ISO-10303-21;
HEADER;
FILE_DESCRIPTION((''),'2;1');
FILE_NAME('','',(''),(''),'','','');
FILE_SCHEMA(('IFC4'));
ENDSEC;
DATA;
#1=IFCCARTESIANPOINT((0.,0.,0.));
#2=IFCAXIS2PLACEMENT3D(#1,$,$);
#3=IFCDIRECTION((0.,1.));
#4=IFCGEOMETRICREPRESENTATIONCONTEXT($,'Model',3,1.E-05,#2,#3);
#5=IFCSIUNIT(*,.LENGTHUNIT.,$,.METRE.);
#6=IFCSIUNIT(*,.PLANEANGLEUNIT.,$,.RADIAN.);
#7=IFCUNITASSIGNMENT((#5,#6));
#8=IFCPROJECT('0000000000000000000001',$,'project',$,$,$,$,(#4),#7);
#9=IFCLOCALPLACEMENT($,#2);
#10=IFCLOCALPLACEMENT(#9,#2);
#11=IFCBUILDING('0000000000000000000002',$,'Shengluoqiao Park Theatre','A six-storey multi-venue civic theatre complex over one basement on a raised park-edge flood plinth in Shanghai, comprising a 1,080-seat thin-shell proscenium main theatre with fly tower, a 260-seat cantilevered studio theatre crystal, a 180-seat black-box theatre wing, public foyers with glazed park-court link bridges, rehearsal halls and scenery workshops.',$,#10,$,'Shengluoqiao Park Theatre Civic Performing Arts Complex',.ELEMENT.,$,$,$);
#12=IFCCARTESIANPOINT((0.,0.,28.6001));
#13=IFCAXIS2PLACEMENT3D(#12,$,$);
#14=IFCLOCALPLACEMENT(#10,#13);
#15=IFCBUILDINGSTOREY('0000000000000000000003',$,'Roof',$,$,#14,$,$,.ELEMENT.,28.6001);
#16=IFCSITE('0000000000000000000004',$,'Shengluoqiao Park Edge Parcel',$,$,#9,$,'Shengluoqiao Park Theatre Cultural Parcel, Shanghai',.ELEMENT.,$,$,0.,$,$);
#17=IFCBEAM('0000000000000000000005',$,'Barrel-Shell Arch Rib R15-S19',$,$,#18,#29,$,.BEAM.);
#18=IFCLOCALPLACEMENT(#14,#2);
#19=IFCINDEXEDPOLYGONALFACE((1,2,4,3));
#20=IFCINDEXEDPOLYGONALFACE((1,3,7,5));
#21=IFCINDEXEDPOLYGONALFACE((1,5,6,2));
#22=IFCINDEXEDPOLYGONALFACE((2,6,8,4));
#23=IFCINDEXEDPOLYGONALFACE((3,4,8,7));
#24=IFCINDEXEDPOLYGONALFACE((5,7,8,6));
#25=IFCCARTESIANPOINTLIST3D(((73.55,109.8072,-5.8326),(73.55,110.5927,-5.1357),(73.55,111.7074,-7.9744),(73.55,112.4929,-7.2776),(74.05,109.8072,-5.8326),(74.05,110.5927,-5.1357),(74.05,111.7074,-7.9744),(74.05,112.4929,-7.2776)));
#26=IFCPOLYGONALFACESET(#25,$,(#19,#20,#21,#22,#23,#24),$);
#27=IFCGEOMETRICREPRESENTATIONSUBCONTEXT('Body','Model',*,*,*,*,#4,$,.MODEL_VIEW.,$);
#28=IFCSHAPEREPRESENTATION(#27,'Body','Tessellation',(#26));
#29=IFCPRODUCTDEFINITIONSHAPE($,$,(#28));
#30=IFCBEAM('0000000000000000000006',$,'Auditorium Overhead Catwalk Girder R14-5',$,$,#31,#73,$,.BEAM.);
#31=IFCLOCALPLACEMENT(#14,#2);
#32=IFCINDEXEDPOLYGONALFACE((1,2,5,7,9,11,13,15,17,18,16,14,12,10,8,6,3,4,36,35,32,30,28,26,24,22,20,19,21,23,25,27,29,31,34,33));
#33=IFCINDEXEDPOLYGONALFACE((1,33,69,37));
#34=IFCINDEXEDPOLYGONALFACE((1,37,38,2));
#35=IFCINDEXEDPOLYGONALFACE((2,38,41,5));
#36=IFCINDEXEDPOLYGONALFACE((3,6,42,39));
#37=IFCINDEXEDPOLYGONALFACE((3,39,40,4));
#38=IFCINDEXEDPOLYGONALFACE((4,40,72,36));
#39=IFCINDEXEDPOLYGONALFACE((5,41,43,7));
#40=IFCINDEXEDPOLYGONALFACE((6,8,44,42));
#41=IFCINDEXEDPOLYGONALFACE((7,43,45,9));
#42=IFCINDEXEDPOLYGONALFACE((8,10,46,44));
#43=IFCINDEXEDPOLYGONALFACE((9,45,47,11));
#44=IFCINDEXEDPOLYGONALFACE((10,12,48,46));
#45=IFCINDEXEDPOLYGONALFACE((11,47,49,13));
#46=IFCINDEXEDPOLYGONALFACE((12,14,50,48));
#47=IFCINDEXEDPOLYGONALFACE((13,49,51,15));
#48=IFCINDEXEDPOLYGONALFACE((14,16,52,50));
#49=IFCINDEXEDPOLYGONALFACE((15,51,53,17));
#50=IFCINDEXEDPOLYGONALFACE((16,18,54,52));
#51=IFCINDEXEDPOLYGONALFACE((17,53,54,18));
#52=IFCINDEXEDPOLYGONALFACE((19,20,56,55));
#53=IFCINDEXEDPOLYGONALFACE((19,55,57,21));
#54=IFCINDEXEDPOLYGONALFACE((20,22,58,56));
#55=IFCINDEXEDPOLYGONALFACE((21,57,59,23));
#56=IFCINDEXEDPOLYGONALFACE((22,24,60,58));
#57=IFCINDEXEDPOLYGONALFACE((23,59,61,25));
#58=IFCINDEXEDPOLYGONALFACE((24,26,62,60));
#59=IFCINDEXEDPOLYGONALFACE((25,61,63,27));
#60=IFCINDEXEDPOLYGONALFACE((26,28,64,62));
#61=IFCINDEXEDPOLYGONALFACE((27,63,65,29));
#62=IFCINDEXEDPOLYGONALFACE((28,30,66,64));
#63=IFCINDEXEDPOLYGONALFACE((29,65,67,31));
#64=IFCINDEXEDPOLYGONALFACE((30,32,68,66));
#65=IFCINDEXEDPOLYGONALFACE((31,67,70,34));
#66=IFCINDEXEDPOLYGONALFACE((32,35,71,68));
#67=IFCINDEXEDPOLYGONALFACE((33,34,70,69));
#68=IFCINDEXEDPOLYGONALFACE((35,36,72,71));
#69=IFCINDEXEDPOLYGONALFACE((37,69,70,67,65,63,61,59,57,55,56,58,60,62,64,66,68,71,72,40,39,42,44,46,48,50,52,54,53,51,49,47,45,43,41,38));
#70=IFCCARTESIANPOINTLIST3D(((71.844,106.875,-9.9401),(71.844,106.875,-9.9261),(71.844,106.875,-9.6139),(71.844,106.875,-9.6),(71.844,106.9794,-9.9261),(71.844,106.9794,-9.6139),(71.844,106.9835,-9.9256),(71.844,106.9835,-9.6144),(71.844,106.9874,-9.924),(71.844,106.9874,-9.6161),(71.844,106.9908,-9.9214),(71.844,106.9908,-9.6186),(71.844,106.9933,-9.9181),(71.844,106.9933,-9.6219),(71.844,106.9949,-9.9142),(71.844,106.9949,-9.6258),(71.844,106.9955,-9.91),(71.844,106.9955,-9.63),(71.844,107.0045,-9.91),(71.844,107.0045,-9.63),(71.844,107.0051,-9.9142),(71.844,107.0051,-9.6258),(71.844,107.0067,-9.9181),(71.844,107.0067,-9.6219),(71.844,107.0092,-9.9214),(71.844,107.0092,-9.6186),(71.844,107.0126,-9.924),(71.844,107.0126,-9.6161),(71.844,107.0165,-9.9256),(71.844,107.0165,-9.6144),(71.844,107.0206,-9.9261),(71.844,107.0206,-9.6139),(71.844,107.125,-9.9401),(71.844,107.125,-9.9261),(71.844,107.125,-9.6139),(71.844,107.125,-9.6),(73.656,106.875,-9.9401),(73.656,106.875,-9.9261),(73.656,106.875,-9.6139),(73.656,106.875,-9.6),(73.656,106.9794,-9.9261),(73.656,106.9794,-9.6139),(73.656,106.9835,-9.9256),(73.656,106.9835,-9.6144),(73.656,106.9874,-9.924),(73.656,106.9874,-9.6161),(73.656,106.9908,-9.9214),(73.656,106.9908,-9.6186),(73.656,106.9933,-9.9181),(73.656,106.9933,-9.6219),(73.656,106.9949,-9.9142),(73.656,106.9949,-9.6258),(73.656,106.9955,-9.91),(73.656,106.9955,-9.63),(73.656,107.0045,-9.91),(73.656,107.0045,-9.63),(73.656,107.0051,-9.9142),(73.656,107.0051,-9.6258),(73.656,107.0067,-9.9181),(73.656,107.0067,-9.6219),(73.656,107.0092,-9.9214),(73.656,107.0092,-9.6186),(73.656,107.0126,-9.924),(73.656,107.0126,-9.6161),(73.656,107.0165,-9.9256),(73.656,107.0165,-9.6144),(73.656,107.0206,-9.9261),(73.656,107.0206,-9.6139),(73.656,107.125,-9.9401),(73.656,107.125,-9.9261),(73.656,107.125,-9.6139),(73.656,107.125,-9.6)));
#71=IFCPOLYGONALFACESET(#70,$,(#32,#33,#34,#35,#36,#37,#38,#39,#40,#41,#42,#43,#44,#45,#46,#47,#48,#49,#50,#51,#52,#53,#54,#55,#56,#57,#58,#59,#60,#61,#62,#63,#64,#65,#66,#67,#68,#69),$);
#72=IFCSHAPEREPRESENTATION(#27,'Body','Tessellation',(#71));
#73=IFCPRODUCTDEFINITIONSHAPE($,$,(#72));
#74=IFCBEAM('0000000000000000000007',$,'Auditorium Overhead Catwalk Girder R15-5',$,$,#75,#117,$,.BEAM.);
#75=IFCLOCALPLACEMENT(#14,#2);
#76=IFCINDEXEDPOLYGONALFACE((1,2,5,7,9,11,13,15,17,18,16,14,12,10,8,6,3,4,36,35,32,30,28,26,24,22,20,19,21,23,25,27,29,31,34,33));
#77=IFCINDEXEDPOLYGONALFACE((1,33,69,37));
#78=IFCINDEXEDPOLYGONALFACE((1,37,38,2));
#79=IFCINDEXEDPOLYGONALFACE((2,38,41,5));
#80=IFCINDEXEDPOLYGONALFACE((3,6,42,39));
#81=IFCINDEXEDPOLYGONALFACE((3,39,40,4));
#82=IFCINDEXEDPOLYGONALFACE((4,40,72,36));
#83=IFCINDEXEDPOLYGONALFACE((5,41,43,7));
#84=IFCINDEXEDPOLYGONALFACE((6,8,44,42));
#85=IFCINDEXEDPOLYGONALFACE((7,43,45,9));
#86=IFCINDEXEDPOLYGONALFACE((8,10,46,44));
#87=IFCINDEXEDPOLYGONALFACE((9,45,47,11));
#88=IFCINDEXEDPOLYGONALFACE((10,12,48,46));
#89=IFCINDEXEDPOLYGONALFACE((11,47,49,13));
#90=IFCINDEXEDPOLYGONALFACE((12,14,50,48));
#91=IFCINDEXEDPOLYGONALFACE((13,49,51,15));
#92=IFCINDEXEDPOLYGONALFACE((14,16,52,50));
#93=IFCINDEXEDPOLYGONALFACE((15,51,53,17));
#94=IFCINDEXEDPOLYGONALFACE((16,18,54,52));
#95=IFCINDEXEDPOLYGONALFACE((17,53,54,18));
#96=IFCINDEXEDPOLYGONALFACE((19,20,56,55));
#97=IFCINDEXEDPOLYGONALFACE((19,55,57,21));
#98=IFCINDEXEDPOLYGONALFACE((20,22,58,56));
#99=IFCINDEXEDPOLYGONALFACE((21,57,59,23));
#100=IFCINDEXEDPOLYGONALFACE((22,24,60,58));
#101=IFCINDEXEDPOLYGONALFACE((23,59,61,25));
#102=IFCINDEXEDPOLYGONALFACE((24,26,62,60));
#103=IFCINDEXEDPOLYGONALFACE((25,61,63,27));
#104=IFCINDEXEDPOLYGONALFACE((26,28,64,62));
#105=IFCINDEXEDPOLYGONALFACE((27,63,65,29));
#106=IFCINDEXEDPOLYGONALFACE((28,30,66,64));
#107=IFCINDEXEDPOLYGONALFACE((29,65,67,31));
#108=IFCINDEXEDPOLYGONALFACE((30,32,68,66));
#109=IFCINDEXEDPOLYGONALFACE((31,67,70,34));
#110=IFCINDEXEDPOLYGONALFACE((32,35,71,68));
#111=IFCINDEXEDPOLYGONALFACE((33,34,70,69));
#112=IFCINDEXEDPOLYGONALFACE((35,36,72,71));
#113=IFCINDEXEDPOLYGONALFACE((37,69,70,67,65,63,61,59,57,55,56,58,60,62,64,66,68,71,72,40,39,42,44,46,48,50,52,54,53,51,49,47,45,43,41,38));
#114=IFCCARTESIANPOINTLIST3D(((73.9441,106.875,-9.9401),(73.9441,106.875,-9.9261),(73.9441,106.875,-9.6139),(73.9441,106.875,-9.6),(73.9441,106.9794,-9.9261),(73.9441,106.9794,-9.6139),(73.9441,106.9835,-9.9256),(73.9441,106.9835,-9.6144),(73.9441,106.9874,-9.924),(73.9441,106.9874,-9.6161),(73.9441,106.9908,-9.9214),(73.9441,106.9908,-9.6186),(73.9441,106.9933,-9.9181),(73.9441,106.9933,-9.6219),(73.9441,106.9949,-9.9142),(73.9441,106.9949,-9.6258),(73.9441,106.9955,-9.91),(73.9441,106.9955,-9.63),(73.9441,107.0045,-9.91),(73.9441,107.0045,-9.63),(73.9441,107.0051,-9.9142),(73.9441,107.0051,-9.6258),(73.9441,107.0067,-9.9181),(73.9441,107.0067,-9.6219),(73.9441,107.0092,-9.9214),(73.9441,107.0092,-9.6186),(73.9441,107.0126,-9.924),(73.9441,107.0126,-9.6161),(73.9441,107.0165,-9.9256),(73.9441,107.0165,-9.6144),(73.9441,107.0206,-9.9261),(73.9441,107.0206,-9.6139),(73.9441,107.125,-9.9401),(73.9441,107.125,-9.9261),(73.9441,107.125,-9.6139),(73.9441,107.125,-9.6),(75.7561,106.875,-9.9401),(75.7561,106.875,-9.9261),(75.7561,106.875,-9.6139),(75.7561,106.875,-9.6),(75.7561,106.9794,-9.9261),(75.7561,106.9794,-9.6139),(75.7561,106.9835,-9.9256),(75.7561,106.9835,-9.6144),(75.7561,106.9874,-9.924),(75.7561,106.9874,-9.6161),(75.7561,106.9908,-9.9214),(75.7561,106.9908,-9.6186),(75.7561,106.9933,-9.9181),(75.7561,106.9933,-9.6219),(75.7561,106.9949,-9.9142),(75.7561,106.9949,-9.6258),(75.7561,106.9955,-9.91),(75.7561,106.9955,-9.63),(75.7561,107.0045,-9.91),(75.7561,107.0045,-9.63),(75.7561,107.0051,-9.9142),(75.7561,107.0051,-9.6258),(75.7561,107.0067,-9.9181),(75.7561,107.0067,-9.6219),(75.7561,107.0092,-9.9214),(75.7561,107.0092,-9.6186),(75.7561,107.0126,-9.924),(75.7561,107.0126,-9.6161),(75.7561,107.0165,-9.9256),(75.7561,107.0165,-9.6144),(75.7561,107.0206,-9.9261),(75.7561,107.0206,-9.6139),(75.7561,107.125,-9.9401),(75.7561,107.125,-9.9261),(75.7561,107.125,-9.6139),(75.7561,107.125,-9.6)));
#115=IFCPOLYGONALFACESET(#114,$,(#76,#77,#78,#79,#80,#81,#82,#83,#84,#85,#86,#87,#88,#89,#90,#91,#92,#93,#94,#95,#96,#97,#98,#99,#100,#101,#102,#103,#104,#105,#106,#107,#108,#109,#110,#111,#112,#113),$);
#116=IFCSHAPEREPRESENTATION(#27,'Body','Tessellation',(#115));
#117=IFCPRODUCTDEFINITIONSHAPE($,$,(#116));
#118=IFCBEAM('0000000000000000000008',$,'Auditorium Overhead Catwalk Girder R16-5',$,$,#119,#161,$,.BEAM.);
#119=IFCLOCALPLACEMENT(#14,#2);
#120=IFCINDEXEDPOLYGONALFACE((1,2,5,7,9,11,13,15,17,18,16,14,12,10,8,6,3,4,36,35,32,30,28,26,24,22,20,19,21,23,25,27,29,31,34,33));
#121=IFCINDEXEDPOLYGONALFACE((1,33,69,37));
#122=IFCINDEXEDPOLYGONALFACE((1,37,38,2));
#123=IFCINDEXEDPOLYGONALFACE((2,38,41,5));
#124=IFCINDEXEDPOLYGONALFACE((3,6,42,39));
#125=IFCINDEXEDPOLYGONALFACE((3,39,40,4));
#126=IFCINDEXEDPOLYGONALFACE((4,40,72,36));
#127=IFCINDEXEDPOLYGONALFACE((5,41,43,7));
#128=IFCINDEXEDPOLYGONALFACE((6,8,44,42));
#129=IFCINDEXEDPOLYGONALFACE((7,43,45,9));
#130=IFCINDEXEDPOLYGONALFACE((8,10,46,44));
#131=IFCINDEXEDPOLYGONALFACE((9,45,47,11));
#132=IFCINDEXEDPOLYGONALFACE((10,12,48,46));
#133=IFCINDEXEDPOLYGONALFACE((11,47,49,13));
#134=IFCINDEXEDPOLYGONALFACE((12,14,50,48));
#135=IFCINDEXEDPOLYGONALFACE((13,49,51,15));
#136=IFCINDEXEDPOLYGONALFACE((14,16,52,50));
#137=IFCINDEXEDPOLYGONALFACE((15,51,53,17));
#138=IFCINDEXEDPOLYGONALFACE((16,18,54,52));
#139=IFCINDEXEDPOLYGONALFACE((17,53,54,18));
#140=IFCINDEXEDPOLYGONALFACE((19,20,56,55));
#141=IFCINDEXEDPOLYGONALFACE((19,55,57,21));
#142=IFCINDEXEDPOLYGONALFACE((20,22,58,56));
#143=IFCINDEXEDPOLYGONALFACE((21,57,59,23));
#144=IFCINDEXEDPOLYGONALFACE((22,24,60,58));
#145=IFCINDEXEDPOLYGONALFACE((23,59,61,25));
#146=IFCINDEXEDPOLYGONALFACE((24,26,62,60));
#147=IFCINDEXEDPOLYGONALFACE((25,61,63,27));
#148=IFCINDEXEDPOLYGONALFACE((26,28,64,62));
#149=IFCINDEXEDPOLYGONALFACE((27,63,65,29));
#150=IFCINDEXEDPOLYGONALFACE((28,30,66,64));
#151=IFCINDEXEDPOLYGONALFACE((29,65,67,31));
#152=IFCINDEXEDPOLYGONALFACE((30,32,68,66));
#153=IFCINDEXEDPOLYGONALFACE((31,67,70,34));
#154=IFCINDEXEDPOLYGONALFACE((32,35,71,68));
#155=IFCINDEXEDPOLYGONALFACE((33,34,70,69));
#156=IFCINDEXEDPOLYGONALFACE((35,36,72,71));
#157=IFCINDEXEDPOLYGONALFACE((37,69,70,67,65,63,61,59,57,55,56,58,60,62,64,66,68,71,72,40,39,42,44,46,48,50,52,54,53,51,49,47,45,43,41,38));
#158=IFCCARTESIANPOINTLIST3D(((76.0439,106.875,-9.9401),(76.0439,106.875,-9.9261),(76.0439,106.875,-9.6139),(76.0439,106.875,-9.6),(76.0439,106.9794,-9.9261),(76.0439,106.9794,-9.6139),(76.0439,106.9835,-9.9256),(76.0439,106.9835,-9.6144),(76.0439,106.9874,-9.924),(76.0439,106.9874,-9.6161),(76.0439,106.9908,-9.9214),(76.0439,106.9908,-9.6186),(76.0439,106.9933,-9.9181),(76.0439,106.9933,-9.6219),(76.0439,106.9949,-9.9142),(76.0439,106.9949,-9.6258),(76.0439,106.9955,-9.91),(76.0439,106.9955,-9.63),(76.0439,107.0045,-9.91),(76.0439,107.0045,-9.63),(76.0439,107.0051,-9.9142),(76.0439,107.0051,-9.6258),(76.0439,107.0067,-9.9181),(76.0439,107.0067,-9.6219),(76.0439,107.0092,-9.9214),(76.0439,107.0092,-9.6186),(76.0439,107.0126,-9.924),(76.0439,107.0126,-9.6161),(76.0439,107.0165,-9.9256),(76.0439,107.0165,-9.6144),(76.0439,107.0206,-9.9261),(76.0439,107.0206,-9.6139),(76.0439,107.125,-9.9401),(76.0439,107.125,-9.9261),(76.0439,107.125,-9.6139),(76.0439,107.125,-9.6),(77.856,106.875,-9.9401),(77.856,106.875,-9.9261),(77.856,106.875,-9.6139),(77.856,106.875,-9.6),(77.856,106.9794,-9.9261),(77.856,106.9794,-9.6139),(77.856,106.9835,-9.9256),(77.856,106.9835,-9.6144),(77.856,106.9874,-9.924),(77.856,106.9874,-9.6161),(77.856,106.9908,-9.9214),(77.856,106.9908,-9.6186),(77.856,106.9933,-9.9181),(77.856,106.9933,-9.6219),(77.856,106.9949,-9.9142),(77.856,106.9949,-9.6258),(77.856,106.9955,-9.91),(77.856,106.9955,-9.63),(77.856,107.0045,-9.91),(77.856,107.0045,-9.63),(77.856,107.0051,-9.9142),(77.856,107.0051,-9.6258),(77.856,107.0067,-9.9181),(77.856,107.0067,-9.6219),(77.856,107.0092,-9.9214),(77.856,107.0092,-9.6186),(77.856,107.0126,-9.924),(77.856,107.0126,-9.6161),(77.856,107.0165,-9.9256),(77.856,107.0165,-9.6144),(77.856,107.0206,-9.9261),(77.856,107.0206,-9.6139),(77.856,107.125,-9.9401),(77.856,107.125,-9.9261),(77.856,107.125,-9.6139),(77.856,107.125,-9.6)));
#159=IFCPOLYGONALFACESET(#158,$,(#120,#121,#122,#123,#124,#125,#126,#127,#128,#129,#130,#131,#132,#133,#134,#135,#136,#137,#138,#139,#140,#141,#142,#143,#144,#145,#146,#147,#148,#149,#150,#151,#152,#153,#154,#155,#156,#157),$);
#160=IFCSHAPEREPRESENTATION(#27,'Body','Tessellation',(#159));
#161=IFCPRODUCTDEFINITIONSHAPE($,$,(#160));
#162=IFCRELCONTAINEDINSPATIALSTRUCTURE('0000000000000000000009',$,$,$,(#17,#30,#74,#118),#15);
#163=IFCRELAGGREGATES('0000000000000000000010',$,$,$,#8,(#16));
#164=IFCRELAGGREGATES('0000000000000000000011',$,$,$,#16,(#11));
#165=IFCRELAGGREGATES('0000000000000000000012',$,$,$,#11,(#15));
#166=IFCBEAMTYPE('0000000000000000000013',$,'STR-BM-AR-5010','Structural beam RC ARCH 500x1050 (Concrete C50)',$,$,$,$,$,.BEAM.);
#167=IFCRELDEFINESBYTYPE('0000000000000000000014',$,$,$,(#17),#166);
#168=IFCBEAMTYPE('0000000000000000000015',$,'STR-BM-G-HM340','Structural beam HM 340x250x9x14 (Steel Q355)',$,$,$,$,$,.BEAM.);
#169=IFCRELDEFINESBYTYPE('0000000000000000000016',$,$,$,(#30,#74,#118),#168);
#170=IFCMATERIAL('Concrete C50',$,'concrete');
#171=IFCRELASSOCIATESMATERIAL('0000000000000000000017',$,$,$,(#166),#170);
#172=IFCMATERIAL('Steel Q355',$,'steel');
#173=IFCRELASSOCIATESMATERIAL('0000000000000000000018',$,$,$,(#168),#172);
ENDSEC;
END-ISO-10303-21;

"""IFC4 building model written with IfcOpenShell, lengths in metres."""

from ifc_helpers import new_model, si_unit, direction, frame, origin, origin_2d, place, context, subcontext, project, spatial, rectangle, i_section, extrude, material, material_profile, profile_set, type_object, element, save


model = new_model("IFC4")

# Units and contexts
model_context = context("Model", 3, precision=1e-05, world=origin(), true_north=direction((0.0, 1.0)))
body_context = subcontext(model_context, "Body", "Model", "MODEL_VIEW")
ifc_project = project(units=[si_unit("LENGTHUNIT", "METRE"), si_unit("PLANEANGLEUNIT", "RADIAN")], contexts=[model_context])

# Site, building, storey
site_placement = place(None, origin())
site = spatial("IfcSite", under=ifc_project, at=site_placement, Name="Shengluoqiao Park Edge Parcel", LongName="Shengluoqiao Park Theatre Cultural Parcel, Shanghai", CompositionType="ELEMENT", RefElevation=0.0)
building_placement = place(site_placement, origin())
building = spatial("IfcBuilding", under=site, at=building_placement, Name="Shengluoqiao Park Theatre", Description="A six-storey multi-venue civic theatre complex over one basement on a raised park-edge flood plinth in Shanghai, comprising a 1,080-seat thin-shell proscenium main theatre with fly tower, a 260-seat cantilevered studio theatre crystal, a 180-seat black-box theatre wing, public foyers with glazed park-court link bridges, rehearsal halls and scenery workshops.", LongName="Shengluoqiao Park Theatre Civic Performing Arts Complex", CompositionType="ELEMENT")
storey_placement = place(building_placement, frame((0.0, 0.0, 28.6001)))
storey = spatial("IfcBuildingStorey", under=building, at=storey_placement, Name="Roof", CompositionType="ELEMENT", Elevation=28.6001)

# Beams
ifc_material_1 = material(Name="Concrete C50", Category="concrete")
ifc_material_profile_1 = material_profile(ifc_material_1, rectangle(XDim=0.5, YDim=1.05, at=origin_2d()), Name="RC ARCH 500x1050")
ifc_profile_set_1 = profile_set([ifc_material_profile_1], Name="Concrete C50")
beam_type_1 = type_object("IfcBeamType", Name="STR-BM-AR-5010", Description="Structural beam RC ARCH 500x1050 (Concrete C50)", PredefinedType="BEAM", material=ifc_profile_set_1)
beam_placement = place(storey_placement, frame((73.8, 110.2, -5.4841), z_axis=(0.0, 0.663638, -0.748053), x_axis=(-1.0, 0.0, 0.0)))
element("IfcBeam", 1, at=beam_placement, inside=storey, type_object=beam_type_1, Name="Barrel-Shell Arch Rib R15-S19", PredefinedType="BEAM", context=body_context, shape_type="SweptSolid", body=[
    extrude(rectangle(XDim=0.5, YDim=1.05, at=origin_2d()), origin(), (0.0, 0.0, 1.0), 2.8633),
])
ifc_material_2 = material(Name="Steel Q355", Category="steel")
ifc_material_profile_2 = material_profile(ifc_material_2, i_section(OverallWidth=0.25, OverallDepth=0.3401, WebThickness=0.009, FlangeThickness=0.0139, FilletRadius=0.0161, at=origin_2d()), Name="HM 340x250x9x14")
ifc_profile_set_2 = profile_set([ifc_material_profile_2], Name="Steel Q355")
beam_type_2 = type_object("IfcBeamType", Name="STR-BM-G-HM340", Description="Structural beam HM 340x250x9x14 (Steel Q355)", PredefinedType="BEAM", material=ifc_profile_set_2)
for number, where, z_axis, x_axis, name in (
    (2, (71.844, 107.0, -9.77), (1.0, 0.0, 0.0), (0.0, 1.0, 0.0), "Auditorium Overhead Catwalk Girder R14-5"),
    (3, (73.9441, 107.0, -9.77), (1.0, 0.0, 0.0), (0.0, 1.0, 0.0), "Auditorium Overhead Catwalk Girder R15-5"),
    (4, (76.0439, 107.0, -9.77), (1.0, 0.0, 0.0), (0.0, 1.0, 0.0), "Auditorium Overhead Catwalk Girder R16-5"),
):
    element("IfcBeam", number, at=place(storey_placement, frame(where, z_axis=z_axis, x_axis=x_axis)), inside=storey, type_object=beam_type_2, Name=name, PredefinedType="BEAM", context=body_context, shape_type="SweptSolid", body=[
        extrude(i_section(OverallWidth=0.25, OverallDepth=0.3401, WebThickness=0.009, FlangeThickness=0.0139, FilletRadius=0.0161, at=origin_2d()), origin(), (0.0, 0.0, 1.0), 1.812),
    ])

save(model, "model.ifc")
